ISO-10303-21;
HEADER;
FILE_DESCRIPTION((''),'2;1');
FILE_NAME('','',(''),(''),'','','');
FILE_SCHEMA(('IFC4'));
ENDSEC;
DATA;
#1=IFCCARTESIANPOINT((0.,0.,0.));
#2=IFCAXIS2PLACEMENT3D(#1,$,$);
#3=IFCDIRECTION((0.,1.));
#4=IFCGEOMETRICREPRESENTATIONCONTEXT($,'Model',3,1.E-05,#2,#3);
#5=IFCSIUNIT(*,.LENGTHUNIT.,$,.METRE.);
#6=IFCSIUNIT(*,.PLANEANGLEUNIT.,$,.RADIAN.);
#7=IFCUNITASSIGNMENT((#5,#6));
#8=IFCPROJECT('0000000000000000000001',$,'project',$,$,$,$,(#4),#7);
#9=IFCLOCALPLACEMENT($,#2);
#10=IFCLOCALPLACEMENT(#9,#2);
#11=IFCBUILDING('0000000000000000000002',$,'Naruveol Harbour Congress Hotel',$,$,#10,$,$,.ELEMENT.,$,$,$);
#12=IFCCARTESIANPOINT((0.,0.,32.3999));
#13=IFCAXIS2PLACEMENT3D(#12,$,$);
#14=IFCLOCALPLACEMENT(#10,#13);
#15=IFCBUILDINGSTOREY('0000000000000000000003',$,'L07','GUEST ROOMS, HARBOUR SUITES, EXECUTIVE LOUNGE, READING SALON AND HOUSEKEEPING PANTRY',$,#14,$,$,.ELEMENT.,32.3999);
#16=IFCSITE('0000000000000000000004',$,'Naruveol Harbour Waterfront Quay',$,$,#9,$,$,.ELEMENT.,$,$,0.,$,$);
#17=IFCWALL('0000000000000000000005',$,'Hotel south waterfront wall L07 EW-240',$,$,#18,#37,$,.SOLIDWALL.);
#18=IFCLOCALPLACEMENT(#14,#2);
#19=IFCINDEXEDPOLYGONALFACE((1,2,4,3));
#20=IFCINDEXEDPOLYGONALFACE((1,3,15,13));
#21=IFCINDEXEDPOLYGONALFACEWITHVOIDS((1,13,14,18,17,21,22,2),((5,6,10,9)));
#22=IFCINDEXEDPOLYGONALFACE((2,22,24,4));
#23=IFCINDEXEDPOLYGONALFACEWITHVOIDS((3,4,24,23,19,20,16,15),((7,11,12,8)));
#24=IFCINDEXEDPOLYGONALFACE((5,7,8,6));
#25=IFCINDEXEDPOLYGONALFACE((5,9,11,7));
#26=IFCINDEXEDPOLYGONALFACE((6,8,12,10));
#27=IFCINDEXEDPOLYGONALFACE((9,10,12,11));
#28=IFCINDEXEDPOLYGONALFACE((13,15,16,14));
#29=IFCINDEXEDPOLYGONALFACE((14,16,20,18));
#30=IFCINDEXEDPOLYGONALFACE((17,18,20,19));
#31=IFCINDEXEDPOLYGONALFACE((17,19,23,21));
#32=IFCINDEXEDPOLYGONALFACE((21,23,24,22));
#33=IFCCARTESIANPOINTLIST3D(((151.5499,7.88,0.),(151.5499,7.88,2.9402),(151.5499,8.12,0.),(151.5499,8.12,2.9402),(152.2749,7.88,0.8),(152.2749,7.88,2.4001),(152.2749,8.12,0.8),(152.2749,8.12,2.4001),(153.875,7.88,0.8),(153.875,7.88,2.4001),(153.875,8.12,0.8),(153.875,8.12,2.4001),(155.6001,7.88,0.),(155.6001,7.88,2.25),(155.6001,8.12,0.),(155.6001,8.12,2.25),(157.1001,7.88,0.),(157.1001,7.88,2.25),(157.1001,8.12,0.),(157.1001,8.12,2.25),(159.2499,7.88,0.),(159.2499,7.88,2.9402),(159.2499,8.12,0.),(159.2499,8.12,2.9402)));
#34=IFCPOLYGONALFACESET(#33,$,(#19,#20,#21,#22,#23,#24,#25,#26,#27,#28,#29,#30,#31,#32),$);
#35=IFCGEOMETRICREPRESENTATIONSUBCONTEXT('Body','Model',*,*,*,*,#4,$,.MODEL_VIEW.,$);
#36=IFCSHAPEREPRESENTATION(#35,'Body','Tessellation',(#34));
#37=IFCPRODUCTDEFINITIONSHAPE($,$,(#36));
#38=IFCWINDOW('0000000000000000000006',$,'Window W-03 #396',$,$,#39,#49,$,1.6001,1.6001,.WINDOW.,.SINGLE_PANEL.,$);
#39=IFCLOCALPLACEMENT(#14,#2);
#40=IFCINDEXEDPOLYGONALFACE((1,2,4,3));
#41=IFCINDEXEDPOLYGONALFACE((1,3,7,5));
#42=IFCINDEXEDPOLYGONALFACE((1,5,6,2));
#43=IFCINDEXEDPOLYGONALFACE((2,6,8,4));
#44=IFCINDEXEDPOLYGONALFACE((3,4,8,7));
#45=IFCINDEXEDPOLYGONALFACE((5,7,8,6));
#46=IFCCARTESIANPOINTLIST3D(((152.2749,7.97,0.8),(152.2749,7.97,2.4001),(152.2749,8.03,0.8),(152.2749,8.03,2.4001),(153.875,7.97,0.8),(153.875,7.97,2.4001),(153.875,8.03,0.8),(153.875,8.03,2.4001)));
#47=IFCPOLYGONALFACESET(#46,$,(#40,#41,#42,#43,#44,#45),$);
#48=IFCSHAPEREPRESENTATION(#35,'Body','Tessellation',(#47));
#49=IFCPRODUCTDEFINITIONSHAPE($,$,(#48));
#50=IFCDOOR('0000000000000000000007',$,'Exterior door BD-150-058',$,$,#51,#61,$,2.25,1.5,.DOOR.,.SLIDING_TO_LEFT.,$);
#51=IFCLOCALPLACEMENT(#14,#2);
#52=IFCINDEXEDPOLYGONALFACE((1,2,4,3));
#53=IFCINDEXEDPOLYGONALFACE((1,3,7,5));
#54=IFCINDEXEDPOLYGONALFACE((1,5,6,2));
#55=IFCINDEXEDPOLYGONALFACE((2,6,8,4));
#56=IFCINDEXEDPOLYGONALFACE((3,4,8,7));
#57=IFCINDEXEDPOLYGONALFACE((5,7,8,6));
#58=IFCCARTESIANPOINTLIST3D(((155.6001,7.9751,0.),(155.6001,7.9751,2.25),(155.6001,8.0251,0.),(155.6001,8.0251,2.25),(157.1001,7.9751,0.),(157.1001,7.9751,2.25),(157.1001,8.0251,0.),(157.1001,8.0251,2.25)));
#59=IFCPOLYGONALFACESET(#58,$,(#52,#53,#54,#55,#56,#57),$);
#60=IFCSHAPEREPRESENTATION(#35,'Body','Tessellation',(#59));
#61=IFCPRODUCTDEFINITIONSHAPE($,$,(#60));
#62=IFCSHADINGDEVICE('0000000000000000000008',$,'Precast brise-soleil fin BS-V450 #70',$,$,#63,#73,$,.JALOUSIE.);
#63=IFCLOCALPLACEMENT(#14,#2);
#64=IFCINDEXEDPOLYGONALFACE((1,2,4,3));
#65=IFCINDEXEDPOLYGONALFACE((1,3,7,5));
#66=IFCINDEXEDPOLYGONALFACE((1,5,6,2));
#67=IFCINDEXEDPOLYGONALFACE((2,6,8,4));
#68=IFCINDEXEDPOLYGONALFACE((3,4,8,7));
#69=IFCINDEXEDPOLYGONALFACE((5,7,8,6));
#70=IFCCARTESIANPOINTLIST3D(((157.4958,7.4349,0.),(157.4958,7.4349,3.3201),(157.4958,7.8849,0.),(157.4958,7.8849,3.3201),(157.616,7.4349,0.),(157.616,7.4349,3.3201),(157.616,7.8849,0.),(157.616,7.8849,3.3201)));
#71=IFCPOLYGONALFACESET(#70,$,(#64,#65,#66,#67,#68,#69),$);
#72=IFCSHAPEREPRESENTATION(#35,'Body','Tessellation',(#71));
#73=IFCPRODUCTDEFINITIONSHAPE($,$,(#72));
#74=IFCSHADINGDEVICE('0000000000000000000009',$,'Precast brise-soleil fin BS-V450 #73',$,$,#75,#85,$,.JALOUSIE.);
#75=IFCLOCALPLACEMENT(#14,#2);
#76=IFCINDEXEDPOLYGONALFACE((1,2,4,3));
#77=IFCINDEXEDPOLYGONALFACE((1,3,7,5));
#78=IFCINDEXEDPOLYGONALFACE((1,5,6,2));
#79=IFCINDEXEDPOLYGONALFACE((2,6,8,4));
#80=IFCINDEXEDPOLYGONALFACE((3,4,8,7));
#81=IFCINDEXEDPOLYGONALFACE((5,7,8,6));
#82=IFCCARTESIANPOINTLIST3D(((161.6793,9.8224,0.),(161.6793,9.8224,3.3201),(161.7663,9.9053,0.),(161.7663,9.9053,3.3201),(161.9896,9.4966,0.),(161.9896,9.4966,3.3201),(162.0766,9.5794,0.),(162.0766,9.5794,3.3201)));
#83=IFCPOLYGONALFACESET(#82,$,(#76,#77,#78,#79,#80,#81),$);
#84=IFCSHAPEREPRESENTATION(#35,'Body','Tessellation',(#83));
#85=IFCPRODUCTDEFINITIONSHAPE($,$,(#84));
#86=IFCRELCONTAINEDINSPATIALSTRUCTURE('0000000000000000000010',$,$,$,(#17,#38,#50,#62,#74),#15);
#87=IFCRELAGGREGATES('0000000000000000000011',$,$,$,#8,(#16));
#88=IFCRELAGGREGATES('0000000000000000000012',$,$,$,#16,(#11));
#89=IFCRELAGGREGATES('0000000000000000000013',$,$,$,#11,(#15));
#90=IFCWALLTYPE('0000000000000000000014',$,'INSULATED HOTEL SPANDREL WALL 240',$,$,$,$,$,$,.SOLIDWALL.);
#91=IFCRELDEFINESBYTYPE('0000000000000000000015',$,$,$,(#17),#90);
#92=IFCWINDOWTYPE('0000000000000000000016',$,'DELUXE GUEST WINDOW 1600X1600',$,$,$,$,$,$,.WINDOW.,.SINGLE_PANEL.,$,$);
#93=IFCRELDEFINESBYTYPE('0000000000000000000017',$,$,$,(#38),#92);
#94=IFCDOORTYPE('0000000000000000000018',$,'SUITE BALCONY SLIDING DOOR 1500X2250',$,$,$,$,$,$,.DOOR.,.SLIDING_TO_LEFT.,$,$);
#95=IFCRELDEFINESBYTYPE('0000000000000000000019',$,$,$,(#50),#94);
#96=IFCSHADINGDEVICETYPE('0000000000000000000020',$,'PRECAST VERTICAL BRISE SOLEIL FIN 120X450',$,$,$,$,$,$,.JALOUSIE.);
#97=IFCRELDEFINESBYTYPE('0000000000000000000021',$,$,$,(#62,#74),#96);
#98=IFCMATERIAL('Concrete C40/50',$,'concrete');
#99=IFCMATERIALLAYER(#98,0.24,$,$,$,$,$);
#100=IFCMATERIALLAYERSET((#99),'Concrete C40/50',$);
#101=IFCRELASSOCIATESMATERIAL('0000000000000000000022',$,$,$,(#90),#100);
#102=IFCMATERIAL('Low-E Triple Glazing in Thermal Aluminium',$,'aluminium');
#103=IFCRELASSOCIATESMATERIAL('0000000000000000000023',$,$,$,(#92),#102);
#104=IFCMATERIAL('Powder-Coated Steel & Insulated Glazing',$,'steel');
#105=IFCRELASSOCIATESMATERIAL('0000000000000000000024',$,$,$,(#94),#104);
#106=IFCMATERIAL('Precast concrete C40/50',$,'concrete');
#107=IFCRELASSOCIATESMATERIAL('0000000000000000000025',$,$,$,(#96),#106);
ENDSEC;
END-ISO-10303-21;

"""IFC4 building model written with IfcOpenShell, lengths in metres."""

from ifc_helpers import new_model, si_unit, direction, frame, frame_2d, origin, origin_2d, place, context, subcontext, project, spatial, rectangle, extrude, material, layer, layer_set, type_object, element, fill, save


model = new_model("IFC4")

# Units and contexts
model_context = context("Model", 3, precision=1e-05, world=origin(), true_north=direction((0.0, 1.0)))
body_context = subcontext(model_context, "Body", "Model", "MODEL_VIEW")
ifc_project = project(units=[si_unit("LENGTHUNIT", "METRE"), si_unit("PLANEANGLEUNIT", "RADIAN")], contexts=[model_context])

# Site, building, storey
site_placement = place(None, origin())
site = spatial("IfcSite", under=ifc_project, at=site_placement, Name="Naruveol Harbour Waterfront Quay", CompositionType="ELEMENT", RefElevation=0.0)
building_placement = place(site_placement, origin())
building = spatial("IfcBuilding", under=site, at=building_placement, Name="Naruveol Harbour Congress Hotel", CompositionType="ELEMENT")
storey_placement = place(building_placement, frame((0.0, 0.0, 32.3999)))
storey = spatial("IfcBuildingStorey", under=building, at=storey_placement, Name="L07", Description="GUEST ROOMS, HARBOUR SUITES, EXECUTIVE LOUNGE, READING SALON AND HOUSEKEEPING PANTRY", CompositionType="ELEMENT", Elevation=32.3999)

# Wall, openings, window, door
ifc_material_1 = material(Name="Concrete C40/50", Category="concrete")
ifc_layer_1 = layer(ifc_material_1, 0.24)
ifc_layer_set_1 = layer_set([ifc_layer_1], Name="Concrete C40/50")
wall_type_1 = type_object("IfcWallType", Name="INSULATED HOTEL SPANDREL WALL 240", PredefinedType="SOLIDWALL", material=ifc_layer_set_1)
wall_1_placement = place(storey_placement, frame((159.25, 8.0, 0.0), z_axis=(0.0, 0.0, 1.0), x_axis=(-1.0, 0.0, 0.0)))
wall_1 = element("IfcWall", 1, at=wall_1_placement, inside=storey, type_object=wall_type_1, Name="Hotel south waterfront wall L07 EW-240", PredefinedType="SOLIDWALL", context=body_context, shape_type="SweptSolid", body=[
    extrude(rectangle(XDim=7.7, YDim=0.24, at=frame_2d((3.8501, 0.0))), origin(), (0.0, 0.0, 1.0), 2.9402),
])
opening_1_placement = place(wall_1_placement, frame((2.1499, 0.0, 0.0)))
opening_1 = element("IfcOpeningElement", 2, at=opening_1_placement, cuts=wall_1, PredefinedType="OPENING", context=body_context, shape_type="SweptSolid", body=[
    extrude(rectangle(XDim=1.5, YDim=2.25, at=frame_2d((0.75, 1.125))), frame((0.0, 0.1299, 0.0), z_axis=(0.0, -1.0, 0.0), x_axis=(1.0, 0.0, 0.0)), (0.0, 0.0, 1.0), 0.26),
])
opening_2_placement = place(wall_1_placement, frame((5.375, 0.0, 0.8)))
opening_2 = element("IfcOpeningElement", 3, at=opening_2_placement, cuts=wall_1, PredefinedType="OPENING", context=body_context, shape_type="SweptSolid", body=[
    extrude(rectangle(XDim=1.6001, YDim=1.6001, at=frame_2d((0.8, 0.8))), frame((0.0, 0.1299, 0.0), z_axis=(0.0, -1.0, 0.0), x_axis=(1.0, 0.0, 0.0)), (0.0, 0.0, 1.0), 0.26),
])
ifc_material_2 = material(Name="Low-E Triple Glazing in Thermal Aluminium", Category="aluminium")
window_type = type_object("IfcWindowType", Name="DELUXE GUEST WINDOW 1600X1600", PartitioningType="SINGLE_PANEL", PredefinedType="WINDOW", material=ifc_material_2)
window_placement = place(opening_2_placement, origin())
window = element("IfcWindow", 4, at=window_placement, inside=storey, type_object=window_type, Name="Window W-03 #396", OverallHeight=1.6001, OverallWidth=1.6001, PartitioningType="SINGLE_PANEL", PredefinedType="WINDOW", context=body_context, shape_type="SweptSolid", body=[
    extrude(rectangle(XDim=1.6001, YDim=1.6001, at=frame_2d((0.8, 0.8))), frame((0.0, 0.03, 0.0), z_axis=(0.0, -1.0, 0.0), x_axis=(1.0, 0.0, 0.0)), (0.0, 0.0, 1.0), 0.0601),
])
fill(opening_2, window)
ifc_material_3 = material(Name="Powder-Coated Steel & Insulated Glazing", Category="steel")
door_type_1 = type_object("IfcDoorType", Name="SUITE BALCONY SLIDING DOOR 1500X2250", OperationType="SLIDING_TO_LEFT", PredefinedType="DOOR", material=ifc_material_3)
door_1_placement = place(opening_1_placement, origin())
door_1 = element("IfcDoor", 5, at=door_1_placement, inside=storey, type_object=door_type_1, Name="Exterior door BD-150-058", OperationType="SLIDING_TO_LEFT", OverallHeight=2.25, OverallWidth=1.5, PredefinedType="DOOR", context=body_context, shape_type="SweptSolid", body=[
    extrude(rectangle(XDim=1.5, YDim=2.25, at=frame_2d((0.75, 1.125))), frame((0.0, 0.0249, 0.0), z_axis=(0.0, -1.0, 0.0), x_axis=(1.0, 0.0, 0.0)), (0.0, 0.0, 1.0), 0.05),
])
fill(opening_1, door_1)

# Shading devices
ifc_material_4 = material(Name="Precast concrete C40/50", Category="concrete")
shading_device_type = type_object("IfcShadingDeviceType", Name="PRECAST VERTICAL BRISE SOLEIL FIN 120X450", PredefinedType="JALOUSIE", material=ifc_material_4)
for number, where, z_axis, x_axis, name in (
    (6, (157.5559, 7.6599, 0.0), (0.0, 0.0, 1.0), (-1.0, 0.0, 0.0), "Precast brise-soleil fin BS-V450 #70"),
    (7, (161.8779, 9.7009, 0.0), (0.0, 0.0, 1.0), (-0.724172, -0.68962, 0.0), "Precast brise-soleil fin BS-V450 #73"),
):
    element("IfcShadingDevice", number, at=place(storey_placement, frame(where, z_axis=z_axis, x_axis=x_axis)), inside=storey, type_object=shading_device_type, Name=name, PredefinedType="JALOUSIE", context=body_context, shape_type="SweptSolid", body=[
        extrude(rectangle(XDim=0.1201, YDim=0.45, at=origin_2d()), origin(), (0.0, 0.0, 1.0), 3.3201),
    ])

save(model, "model.ifc")
